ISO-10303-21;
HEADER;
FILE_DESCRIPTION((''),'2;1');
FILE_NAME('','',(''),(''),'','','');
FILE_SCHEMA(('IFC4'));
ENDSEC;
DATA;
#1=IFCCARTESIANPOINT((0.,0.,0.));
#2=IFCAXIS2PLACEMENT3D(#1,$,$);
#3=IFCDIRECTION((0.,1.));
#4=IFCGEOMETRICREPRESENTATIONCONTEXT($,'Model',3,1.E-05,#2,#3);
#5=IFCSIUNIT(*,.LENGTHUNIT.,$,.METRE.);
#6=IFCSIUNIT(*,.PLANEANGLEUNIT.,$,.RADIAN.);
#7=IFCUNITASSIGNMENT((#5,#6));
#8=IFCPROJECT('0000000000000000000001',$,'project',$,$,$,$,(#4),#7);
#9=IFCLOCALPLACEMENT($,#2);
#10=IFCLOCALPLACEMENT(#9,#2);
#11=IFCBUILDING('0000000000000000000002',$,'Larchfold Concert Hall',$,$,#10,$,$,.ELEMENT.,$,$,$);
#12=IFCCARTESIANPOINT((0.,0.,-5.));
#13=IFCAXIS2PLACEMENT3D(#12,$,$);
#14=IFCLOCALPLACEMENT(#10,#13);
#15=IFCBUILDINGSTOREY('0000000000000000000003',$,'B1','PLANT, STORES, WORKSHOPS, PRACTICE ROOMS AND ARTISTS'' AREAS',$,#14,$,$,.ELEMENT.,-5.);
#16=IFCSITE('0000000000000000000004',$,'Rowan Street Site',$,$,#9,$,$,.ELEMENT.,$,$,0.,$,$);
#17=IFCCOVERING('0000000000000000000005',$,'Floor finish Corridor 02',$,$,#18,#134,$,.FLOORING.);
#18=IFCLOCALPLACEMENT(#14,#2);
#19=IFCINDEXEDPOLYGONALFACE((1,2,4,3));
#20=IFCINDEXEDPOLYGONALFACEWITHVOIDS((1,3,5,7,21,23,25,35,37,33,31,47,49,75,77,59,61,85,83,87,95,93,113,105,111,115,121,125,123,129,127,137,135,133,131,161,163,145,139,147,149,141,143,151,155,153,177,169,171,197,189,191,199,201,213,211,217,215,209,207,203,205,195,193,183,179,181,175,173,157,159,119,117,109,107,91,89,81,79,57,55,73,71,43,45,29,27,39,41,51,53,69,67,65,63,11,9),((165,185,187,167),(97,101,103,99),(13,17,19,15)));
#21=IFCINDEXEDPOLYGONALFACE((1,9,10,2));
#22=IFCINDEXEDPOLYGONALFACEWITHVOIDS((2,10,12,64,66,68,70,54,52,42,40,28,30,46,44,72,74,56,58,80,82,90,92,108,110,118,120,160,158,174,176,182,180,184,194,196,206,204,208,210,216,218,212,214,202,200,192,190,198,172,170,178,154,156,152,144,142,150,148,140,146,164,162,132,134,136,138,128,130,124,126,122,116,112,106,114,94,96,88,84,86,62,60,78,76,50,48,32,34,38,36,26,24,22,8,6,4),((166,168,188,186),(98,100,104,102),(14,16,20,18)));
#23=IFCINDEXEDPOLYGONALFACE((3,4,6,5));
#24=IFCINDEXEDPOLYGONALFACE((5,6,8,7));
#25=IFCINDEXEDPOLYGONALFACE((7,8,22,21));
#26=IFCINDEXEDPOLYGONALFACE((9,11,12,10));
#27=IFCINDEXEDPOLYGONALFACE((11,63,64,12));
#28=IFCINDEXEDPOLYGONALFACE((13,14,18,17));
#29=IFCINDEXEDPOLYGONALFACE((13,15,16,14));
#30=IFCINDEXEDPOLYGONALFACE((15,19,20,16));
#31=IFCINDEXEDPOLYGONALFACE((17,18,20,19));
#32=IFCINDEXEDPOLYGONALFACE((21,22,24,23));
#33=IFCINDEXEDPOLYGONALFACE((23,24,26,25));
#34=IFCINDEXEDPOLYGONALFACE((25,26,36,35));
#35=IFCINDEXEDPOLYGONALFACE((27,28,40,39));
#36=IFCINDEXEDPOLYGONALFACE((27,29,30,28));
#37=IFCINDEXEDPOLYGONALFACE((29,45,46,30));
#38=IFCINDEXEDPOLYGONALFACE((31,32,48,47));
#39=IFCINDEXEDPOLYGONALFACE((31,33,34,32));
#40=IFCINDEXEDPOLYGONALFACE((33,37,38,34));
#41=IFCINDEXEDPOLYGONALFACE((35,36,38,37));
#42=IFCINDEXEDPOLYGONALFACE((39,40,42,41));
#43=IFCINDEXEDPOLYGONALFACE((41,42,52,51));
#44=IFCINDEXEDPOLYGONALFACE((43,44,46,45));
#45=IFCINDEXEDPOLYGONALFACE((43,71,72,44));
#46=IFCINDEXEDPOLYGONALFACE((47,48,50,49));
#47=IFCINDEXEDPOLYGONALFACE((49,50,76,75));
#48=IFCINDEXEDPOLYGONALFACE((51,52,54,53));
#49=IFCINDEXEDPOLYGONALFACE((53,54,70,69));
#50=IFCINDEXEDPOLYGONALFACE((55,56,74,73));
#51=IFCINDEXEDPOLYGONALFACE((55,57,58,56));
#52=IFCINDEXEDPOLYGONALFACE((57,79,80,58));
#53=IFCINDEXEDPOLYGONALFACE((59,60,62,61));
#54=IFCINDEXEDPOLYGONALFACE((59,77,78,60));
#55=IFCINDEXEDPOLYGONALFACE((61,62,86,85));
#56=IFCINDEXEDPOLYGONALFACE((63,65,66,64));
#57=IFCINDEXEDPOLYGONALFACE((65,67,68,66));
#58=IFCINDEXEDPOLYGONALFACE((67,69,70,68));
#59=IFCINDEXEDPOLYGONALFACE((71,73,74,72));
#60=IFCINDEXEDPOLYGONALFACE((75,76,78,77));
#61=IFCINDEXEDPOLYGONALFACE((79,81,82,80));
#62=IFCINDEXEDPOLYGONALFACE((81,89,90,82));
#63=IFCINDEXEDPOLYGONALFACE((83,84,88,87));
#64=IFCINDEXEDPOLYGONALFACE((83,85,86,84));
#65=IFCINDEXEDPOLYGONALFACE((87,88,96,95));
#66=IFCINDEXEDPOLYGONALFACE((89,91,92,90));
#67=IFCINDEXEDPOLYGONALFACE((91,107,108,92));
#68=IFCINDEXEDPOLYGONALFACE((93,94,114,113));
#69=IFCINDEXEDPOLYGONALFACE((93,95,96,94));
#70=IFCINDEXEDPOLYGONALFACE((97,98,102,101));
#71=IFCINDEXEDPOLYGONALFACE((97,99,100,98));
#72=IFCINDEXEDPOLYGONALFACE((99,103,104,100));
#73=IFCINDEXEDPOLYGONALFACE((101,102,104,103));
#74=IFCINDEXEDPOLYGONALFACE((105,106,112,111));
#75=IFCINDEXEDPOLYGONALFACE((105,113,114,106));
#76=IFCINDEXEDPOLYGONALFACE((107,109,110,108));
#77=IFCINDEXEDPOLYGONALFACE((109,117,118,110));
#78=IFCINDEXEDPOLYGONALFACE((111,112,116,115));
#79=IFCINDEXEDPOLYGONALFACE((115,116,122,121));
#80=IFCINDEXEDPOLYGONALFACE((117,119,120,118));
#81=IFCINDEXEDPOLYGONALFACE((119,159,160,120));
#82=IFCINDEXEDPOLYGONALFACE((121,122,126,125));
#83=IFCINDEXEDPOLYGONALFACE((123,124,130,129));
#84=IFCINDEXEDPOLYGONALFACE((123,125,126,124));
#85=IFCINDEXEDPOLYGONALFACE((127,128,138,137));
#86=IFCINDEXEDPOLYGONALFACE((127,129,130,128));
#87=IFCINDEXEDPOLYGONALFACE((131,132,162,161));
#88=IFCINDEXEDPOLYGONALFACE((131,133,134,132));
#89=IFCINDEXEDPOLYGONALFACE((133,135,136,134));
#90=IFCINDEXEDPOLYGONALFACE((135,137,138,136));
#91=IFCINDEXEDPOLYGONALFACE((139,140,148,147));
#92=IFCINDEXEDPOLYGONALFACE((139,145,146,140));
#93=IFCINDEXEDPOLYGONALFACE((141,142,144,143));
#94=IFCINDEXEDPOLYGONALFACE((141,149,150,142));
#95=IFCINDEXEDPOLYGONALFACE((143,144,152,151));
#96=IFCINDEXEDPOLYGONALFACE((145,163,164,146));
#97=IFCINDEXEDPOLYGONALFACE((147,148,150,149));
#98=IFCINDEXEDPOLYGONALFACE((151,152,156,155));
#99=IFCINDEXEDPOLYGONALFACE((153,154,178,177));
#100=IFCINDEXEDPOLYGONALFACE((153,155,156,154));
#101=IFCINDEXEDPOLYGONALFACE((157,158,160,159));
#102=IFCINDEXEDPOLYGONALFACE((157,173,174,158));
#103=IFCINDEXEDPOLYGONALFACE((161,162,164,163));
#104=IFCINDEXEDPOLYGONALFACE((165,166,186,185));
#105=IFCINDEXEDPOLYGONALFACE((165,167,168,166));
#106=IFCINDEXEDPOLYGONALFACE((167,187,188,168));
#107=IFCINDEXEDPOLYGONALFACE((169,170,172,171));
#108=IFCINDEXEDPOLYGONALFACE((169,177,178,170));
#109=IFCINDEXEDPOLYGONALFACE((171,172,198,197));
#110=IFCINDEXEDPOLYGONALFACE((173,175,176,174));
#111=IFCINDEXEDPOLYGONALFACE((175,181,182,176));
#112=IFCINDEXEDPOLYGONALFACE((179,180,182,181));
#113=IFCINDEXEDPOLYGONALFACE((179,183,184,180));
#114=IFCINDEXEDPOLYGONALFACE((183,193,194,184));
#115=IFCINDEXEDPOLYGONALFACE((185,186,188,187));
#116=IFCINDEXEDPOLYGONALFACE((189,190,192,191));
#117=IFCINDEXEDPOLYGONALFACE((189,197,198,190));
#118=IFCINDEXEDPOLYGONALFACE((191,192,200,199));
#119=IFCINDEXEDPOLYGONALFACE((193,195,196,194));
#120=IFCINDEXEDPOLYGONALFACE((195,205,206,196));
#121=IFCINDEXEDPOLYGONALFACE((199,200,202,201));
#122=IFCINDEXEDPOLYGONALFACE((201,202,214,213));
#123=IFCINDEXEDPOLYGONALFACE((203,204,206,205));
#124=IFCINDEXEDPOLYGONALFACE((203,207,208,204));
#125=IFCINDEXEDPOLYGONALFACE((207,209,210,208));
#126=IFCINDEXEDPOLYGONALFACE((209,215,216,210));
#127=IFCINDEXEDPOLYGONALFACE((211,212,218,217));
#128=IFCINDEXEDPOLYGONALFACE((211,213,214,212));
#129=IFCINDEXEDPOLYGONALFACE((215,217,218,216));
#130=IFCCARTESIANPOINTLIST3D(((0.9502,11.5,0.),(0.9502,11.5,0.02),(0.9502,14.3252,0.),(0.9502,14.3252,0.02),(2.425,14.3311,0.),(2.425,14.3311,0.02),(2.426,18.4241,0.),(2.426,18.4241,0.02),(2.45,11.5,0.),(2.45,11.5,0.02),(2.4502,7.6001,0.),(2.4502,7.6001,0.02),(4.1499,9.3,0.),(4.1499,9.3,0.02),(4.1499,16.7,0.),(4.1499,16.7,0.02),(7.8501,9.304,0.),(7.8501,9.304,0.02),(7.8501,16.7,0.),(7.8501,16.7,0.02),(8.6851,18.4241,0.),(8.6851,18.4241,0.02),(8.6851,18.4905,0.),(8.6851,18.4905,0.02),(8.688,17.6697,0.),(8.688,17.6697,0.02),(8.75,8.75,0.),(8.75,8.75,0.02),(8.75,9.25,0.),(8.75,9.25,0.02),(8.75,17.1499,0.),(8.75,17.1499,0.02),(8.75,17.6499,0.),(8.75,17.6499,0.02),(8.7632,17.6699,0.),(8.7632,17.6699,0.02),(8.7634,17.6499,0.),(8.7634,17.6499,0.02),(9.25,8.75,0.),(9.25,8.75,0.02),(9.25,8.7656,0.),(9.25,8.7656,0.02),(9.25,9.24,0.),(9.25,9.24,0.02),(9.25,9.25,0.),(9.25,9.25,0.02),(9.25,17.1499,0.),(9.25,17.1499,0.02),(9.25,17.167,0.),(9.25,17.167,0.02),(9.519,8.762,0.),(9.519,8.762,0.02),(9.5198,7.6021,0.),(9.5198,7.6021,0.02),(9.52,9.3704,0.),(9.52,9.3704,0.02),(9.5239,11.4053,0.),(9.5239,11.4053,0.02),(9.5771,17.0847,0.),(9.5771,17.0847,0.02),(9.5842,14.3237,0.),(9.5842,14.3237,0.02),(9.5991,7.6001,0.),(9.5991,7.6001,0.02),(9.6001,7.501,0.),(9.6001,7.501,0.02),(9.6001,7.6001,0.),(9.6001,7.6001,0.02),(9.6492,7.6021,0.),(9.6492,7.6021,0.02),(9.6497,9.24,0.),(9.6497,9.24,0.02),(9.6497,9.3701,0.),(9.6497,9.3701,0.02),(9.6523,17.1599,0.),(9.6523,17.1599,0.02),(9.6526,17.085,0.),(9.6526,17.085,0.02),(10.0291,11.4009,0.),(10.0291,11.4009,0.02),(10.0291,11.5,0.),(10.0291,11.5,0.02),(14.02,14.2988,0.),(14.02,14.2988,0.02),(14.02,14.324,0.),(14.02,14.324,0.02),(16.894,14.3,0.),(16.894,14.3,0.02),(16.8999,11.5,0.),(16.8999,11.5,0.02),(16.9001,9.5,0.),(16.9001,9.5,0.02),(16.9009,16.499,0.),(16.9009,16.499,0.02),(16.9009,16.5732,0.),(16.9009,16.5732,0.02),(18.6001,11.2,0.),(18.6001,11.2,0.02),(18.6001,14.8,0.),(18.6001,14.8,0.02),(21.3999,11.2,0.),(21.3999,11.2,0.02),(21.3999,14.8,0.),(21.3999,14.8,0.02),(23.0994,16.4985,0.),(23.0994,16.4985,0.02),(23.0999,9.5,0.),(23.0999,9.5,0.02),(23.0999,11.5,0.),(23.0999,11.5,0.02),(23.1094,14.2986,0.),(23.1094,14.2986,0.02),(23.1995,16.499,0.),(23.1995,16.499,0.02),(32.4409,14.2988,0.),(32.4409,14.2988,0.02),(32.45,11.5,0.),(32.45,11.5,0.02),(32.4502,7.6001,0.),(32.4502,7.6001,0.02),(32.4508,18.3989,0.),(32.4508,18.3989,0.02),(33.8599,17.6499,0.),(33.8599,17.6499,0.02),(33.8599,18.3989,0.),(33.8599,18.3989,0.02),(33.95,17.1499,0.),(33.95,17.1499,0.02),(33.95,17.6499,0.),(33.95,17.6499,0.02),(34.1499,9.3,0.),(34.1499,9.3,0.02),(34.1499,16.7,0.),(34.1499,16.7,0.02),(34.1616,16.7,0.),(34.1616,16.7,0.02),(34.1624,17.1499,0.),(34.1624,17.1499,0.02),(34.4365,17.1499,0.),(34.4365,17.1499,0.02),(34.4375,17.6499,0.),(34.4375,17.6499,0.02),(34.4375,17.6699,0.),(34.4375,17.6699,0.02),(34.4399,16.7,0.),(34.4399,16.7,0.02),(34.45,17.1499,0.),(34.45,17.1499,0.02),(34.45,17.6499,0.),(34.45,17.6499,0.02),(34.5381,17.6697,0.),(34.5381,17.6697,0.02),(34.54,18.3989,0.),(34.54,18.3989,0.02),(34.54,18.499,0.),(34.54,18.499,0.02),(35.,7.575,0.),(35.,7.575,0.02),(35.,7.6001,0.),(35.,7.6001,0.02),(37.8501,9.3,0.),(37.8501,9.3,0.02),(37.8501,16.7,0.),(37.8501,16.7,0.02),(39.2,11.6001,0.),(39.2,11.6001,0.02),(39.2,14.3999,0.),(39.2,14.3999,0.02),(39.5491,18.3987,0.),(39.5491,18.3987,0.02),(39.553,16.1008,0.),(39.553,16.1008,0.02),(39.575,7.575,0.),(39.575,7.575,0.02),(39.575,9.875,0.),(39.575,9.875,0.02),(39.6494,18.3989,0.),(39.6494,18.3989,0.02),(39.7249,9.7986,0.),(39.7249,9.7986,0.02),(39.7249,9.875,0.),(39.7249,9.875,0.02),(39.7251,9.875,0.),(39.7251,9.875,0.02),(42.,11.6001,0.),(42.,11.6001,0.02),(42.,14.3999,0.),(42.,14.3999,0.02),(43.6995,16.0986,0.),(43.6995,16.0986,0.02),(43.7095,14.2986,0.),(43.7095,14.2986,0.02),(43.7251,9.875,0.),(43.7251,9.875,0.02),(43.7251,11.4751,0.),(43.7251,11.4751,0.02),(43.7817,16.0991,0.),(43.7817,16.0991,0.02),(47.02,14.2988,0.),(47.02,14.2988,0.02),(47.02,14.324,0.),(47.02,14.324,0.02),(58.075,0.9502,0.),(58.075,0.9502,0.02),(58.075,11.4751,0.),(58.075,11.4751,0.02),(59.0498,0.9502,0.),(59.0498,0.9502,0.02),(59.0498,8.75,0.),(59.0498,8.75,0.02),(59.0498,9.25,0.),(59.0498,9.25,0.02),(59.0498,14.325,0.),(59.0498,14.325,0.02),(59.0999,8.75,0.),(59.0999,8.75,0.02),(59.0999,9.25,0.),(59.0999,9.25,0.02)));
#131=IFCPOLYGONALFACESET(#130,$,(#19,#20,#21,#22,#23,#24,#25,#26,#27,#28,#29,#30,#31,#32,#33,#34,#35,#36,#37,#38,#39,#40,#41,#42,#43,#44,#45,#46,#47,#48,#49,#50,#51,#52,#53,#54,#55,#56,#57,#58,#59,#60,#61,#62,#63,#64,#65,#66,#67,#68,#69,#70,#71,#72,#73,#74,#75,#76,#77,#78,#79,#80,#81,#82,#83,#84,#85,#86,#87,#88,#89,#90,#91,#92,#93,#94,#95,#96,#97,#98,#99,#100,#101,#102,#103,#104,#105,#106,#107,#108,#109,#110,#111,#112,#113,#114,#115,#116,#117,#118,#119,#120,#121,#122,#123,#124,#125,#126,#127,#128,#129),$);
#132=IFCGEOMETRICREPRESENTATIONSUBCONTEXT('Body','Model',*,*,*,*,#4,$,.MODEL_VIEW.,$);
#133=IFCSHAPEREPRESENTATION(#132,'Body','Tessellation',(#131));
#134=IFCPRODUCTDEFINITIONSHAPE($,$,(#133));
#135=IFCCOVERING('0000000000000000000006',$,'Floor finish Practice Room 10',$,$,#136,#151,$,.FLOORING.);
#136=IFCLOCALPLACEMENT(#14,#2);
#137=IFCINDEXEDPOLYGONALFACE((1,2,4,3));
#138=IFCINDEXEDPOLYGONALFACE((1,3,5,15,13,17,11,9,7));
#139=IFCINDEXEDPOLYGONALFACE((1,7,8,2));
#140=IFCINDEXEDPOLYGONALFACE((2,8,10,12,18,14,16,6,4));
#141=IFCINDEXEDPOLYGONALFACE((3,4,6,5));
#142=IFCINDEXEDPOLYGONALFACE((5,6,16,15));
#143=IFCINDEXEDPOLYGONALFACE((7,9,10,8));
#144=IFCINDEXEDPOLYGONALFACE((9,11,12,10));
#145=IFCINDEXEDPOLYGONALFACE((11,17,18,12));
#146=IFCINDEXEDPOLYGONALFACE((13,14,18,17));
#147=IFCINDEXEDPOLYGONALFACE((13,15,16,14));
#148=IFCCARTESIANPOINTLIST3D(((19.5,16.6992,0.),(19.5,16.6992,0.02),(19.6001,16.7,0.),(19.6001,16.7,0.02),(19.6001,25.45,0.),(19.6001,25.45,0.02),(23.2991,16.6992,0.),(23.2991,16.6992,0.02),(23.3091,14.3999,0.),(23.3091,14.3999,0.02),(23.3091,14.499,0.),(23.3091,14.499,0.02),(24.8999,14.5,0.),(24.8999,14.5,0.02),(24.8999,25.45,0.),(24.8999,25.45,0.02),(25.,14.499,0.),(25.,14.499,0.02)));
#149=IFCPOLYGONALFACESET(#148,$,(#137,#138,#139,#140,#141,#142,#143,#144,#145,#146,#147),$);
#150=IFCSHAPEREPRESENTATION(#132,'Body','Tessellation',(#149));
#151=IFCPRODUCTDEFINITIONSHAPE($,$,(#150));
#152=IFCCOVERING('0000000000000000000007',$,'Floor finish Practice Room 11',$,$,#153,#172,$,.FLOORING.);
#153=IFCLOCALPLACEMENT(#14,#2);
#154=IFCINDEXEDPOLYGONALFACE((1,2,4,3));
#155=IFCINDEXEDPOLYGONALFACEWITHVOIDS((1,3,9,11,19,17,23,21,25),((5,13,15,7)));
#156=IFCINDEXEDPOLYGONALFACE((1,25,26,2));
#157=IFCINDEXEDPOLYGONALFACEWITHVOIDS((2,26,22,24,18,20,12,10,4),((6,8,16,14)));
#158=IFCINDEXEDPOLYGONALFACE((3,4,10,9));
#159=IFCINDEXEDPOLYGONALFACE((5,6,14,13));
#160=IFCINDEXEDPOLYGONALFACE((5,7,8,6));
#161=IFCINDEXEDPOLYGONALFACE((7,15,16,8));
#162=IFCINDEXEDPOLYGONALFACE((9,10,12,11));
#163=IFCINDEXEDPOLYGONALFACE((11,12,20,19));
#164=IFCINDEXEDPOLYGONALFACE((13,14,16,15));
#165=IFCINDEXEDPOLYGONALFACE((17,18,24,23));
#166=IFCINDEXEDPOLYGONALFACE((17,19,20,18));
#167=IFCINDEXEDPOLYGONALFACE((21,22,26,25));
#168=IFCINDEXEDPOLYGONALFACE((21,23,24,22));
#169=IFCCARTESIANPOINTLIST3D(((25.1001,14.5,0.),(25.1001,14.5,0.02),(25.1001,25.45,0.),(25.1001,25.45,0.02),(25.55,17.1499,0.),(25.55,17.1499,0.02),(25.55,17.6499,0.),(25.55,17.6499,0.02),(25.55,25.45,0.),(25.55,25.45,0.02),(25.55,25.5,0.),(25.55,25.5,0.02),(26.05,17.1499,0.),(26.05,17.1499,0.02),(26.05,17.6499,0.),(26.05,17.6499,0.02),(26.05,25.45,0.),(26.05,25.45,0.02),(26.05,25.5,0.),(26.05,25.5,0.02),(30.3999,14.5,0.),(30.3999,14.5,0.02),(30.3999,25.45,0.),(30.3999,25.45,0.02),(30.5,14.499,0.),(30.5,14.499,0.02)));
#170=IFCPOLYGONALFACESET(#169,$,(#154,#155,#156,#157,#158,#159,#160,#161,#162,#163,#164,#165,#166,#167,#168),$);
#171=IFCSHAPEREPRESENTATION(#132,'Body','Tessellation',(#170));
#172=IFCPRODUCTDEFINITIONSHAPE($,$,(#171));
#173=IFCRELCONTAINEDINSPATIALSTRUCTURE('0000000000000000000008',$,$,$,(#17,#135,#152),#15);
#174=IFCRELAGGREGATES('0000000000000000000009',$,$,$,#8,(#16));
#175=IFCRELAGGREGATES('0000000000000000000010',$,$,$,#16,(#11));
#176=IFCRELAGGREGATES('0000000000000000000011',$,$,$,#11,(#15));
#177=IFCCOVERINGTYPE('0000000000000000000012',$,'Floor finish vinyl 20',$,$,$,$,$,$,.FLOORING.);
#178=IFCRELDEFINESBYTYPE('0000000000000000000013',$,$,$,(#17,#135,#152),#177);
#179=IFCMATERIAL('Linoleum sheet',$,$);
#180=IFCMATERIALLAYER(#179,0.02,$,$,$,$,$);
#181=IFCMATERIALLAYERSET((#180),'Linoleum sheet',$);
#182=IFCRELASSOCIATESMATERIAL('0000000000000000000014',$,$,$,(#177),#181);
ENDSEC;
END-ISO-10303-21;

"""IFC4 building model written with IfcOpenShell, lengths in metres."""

from ifc_helpers import new_model, si_unit, direction, frame, origin, place, context, subcontext, project, spatial, polyline, outline, extrude, material, layer, layer_set, type_object, element, save


model = new_model("IFC4")

# Units and contexts
model_context = context("Model", 3, precision=1e-05, world=origin(), true_north=direction((0.0, 1.0)))
body_context = subcontext(model_context, "Body", "Model", "MODEL_VIEW")
ifc_project = project(units=[si_unit("LENGTHUNIT", "METRE"), si_unit("PLANEANGLEUNIT", "RADIAN")], contexts=[model_context])

# Site, building, storey
site_placement = place(None, origin())
site = spatial("IfcSite", under=ifc_project, at=site_placement, Name="Rowan Street Site", CompositionType="ELEMENT", RefElevation=0.0)
building_placement = place(site_placement, origin())
building = spatial("IfcBuilding", under=site, at=building_placement, Name="Larchfold Concert Hall", CompositionType="ELEMENT")
storey_placement = place(building_placement, frame((0.0, 0.0, -5.0)))
storey = spatial("IfcBuildingStorey", under=building, at=storey_placement, Name="B1", Description="PLANT, STORES, WORKSHOPS, PRACTICE ROOMS AND ARTISTS' AREAS", CompositionType="ELEMENT", Elevation=-5.0)

# Coverings
ifc_material_1 = material(Name="Linoleum sheet")
ifc_layer_1 = layer(ifc_material_1, 0.02)
ifc_layer_set_1 = layer_set([ifc_layer_1], Name="Linoleum sheet")
covering_type_1 = type_object("IfcCoveringType", Name="Floor finish vinyl 20", PredefinedType="FLOORING", material=ifc_layer_set_1)
covering_1_placement = place(storey_placement, origin())
element("IfcCovering", 1, at=covering_1_placement, inside=storey, type_object=covering_type_1, Name="Floor finish Corridor 02", PredefinedType="FLOORING", context=body_context, shape_type="SweptSolid", body=[
    extrude(outline(polyline([(0.9502, 14.3252), (0.9502, 11.5), (2.45, 11.5), (2.4502, 7.6001), (9.5991, 7.6001), (9.6001, 7.501), (9.6001, 7.6001), (9.6492, 7.6021), (9.5198, 7.6021), (9.519, 8.762), (9.25, 8.7656), (9.25, 8.75), (8.75, 8.75), (8.75, 9.25), (9.25, 9.25), (9.25, 9.24), (9.6497, 9.24), (9.6497, 9.3701), (9.52, 9.3704), (9.5239, 11.4053), (10.0291, 11.4009), (10.0291, 11.5), (16.8999, 11.5), (16.9001, 9.5), (23.0999, 9.5), (23.0999, 11.5), (32.45, 11.5), (32.4502, 7.6001), (35.0, 7.6001), (35.0, 7.575), (39.575, 7.575), (39.575, 9.875), (39.7249, 9.875), (39.7249, 9.7986), (39.7251, 9.875), (43.7251, 9.875), (43.7251, 11.4751), (58.075, 11.4751), (58.075, 0.9502), (59.0498, 0.9502), (59.0498, 8.75), (59.0999, 8.75), (59.0999, 9.25), (59.0498, 9.25), (59.0498, 14.325), (47.02, 14.324), (47.02, 14.2988), (43.7095, 14.2986), (43.6995, 16.0986), (43.7817, 16.0991), (39.553, 16.1008), (39.5491, 18.3987), (39.6494, 18.3989), (34.54, 18.3989), (34.54, 18.499), (34.5381, 17.6697), (34.4375, 17.6699), (34.4375, 17.6499), (34.45, 17.6499), (34.45, 17.1499), (34.4365, 17.1499), (34.4399, 16.7), (37.8501, 16.7), (37.8501, 9.3), (34.1499, 9.3), (34.1499, 16.7), (34.1616, 16.7), (34.1624, 17.1499), (33.95, 17.1499), (33.95, 17.6499), (33.8599, 17.6499), (33.8599, 18.3989), (32.4509, 18.3989), (32.4509, 18.439), (32.4409, 14.2988), (23.1094, 14.2986), (23.0994, 16.4985), (23.1995, 16.499), (16.9009, 16.499), (16.9009, 16.5732), (16.894, 14.3), (14.02, 14.2988), (14.02, 14.324), (9.5842, 14.3237), (9.5771, 17.0847), (9.6526, 17.085), (9.6523, 17.1599), (9.25, 17.167), (9.25, 17.1499), (8.75, 17.1499), (8.75, 17.6499), (8.7634, 17.6499), (8.7632, 17.6699), (8.688, 17.6697), (8.6851, 18.4905), (8.6851, 18.4241), (2.426, 18.4241), (2.425, 14.3311), (0.9502, 14.3252)]), holes=[polyline([(42.0, 11.6001), (39.2, 11.6001), (39.2, 14.3999), (42.0, 14.3999), (42.0, 11.6001)]), polyline([(21.3999, 11.2), (18.6001, 11.2), (18.6001, 14.8), (21.3999, 14.8), (21.3999, 11.2)]), polyline([(7.8501, 9.304), (4.1499, 9.3), (4.1499, 16.7), (7.8501, 16.7), (7.8501, 9.304)])]), origin(), (0.0, 0.0, 1.0), 0.02),
])
covering_2_placement = place(storey_placement, origin())
element("IfcCovering", 2, at=covering_2_placement, inside=storey, type_object=covering_type_1, Name="Floor finish Practice Room 10", PredefinedType="FLOORING", context=body_context, shape_type="SweptSolid", body=[
    extrude(outline(polyline([(19.6001, 25.45), (19.6001, 16.7), (19.5, 16.6992), (23.2991, 16.6992), (23.3091, 14.3999), (23.3091, 14.499), (25.0, 14.499), (24.8999, 14.5), (24.8999, 25.45), (19.6001, 25.45)])), origin(), (0.0, 0.0, 1.0), 0.02),
])
covering_3_placement = place(storey_placement, origin())
element("IfcCovering", 3, at=covering_3_placement, inside=storey, type_object=covering_type_1, Name="Floor finish Practice Room 11", PredefinedType="FLOORING", context=body_context, shape_type="SweptSolid", body=[
    extrude(outline(polyline([(25.0, 14.5), (30.5, 14.499), (30.3999, 14.5), (30.3999, 25.45), (26.05, 25.45), (26.05, 25.5), (25.55, 25.5), (25.55, 25.45), (25.1001, 25.45), (25.1001, 14.5), (25.0, 14.5)]), holes=[polyline([(25.55, 17.6499), (26.05, 17.6499), (26.05, 17.1499), (25.55, 17.1499), (25.55, 17.6499)])]), origin(), (0.0, 0.0, 1.0), 0.02),
])

save(model, "model.ifc")
